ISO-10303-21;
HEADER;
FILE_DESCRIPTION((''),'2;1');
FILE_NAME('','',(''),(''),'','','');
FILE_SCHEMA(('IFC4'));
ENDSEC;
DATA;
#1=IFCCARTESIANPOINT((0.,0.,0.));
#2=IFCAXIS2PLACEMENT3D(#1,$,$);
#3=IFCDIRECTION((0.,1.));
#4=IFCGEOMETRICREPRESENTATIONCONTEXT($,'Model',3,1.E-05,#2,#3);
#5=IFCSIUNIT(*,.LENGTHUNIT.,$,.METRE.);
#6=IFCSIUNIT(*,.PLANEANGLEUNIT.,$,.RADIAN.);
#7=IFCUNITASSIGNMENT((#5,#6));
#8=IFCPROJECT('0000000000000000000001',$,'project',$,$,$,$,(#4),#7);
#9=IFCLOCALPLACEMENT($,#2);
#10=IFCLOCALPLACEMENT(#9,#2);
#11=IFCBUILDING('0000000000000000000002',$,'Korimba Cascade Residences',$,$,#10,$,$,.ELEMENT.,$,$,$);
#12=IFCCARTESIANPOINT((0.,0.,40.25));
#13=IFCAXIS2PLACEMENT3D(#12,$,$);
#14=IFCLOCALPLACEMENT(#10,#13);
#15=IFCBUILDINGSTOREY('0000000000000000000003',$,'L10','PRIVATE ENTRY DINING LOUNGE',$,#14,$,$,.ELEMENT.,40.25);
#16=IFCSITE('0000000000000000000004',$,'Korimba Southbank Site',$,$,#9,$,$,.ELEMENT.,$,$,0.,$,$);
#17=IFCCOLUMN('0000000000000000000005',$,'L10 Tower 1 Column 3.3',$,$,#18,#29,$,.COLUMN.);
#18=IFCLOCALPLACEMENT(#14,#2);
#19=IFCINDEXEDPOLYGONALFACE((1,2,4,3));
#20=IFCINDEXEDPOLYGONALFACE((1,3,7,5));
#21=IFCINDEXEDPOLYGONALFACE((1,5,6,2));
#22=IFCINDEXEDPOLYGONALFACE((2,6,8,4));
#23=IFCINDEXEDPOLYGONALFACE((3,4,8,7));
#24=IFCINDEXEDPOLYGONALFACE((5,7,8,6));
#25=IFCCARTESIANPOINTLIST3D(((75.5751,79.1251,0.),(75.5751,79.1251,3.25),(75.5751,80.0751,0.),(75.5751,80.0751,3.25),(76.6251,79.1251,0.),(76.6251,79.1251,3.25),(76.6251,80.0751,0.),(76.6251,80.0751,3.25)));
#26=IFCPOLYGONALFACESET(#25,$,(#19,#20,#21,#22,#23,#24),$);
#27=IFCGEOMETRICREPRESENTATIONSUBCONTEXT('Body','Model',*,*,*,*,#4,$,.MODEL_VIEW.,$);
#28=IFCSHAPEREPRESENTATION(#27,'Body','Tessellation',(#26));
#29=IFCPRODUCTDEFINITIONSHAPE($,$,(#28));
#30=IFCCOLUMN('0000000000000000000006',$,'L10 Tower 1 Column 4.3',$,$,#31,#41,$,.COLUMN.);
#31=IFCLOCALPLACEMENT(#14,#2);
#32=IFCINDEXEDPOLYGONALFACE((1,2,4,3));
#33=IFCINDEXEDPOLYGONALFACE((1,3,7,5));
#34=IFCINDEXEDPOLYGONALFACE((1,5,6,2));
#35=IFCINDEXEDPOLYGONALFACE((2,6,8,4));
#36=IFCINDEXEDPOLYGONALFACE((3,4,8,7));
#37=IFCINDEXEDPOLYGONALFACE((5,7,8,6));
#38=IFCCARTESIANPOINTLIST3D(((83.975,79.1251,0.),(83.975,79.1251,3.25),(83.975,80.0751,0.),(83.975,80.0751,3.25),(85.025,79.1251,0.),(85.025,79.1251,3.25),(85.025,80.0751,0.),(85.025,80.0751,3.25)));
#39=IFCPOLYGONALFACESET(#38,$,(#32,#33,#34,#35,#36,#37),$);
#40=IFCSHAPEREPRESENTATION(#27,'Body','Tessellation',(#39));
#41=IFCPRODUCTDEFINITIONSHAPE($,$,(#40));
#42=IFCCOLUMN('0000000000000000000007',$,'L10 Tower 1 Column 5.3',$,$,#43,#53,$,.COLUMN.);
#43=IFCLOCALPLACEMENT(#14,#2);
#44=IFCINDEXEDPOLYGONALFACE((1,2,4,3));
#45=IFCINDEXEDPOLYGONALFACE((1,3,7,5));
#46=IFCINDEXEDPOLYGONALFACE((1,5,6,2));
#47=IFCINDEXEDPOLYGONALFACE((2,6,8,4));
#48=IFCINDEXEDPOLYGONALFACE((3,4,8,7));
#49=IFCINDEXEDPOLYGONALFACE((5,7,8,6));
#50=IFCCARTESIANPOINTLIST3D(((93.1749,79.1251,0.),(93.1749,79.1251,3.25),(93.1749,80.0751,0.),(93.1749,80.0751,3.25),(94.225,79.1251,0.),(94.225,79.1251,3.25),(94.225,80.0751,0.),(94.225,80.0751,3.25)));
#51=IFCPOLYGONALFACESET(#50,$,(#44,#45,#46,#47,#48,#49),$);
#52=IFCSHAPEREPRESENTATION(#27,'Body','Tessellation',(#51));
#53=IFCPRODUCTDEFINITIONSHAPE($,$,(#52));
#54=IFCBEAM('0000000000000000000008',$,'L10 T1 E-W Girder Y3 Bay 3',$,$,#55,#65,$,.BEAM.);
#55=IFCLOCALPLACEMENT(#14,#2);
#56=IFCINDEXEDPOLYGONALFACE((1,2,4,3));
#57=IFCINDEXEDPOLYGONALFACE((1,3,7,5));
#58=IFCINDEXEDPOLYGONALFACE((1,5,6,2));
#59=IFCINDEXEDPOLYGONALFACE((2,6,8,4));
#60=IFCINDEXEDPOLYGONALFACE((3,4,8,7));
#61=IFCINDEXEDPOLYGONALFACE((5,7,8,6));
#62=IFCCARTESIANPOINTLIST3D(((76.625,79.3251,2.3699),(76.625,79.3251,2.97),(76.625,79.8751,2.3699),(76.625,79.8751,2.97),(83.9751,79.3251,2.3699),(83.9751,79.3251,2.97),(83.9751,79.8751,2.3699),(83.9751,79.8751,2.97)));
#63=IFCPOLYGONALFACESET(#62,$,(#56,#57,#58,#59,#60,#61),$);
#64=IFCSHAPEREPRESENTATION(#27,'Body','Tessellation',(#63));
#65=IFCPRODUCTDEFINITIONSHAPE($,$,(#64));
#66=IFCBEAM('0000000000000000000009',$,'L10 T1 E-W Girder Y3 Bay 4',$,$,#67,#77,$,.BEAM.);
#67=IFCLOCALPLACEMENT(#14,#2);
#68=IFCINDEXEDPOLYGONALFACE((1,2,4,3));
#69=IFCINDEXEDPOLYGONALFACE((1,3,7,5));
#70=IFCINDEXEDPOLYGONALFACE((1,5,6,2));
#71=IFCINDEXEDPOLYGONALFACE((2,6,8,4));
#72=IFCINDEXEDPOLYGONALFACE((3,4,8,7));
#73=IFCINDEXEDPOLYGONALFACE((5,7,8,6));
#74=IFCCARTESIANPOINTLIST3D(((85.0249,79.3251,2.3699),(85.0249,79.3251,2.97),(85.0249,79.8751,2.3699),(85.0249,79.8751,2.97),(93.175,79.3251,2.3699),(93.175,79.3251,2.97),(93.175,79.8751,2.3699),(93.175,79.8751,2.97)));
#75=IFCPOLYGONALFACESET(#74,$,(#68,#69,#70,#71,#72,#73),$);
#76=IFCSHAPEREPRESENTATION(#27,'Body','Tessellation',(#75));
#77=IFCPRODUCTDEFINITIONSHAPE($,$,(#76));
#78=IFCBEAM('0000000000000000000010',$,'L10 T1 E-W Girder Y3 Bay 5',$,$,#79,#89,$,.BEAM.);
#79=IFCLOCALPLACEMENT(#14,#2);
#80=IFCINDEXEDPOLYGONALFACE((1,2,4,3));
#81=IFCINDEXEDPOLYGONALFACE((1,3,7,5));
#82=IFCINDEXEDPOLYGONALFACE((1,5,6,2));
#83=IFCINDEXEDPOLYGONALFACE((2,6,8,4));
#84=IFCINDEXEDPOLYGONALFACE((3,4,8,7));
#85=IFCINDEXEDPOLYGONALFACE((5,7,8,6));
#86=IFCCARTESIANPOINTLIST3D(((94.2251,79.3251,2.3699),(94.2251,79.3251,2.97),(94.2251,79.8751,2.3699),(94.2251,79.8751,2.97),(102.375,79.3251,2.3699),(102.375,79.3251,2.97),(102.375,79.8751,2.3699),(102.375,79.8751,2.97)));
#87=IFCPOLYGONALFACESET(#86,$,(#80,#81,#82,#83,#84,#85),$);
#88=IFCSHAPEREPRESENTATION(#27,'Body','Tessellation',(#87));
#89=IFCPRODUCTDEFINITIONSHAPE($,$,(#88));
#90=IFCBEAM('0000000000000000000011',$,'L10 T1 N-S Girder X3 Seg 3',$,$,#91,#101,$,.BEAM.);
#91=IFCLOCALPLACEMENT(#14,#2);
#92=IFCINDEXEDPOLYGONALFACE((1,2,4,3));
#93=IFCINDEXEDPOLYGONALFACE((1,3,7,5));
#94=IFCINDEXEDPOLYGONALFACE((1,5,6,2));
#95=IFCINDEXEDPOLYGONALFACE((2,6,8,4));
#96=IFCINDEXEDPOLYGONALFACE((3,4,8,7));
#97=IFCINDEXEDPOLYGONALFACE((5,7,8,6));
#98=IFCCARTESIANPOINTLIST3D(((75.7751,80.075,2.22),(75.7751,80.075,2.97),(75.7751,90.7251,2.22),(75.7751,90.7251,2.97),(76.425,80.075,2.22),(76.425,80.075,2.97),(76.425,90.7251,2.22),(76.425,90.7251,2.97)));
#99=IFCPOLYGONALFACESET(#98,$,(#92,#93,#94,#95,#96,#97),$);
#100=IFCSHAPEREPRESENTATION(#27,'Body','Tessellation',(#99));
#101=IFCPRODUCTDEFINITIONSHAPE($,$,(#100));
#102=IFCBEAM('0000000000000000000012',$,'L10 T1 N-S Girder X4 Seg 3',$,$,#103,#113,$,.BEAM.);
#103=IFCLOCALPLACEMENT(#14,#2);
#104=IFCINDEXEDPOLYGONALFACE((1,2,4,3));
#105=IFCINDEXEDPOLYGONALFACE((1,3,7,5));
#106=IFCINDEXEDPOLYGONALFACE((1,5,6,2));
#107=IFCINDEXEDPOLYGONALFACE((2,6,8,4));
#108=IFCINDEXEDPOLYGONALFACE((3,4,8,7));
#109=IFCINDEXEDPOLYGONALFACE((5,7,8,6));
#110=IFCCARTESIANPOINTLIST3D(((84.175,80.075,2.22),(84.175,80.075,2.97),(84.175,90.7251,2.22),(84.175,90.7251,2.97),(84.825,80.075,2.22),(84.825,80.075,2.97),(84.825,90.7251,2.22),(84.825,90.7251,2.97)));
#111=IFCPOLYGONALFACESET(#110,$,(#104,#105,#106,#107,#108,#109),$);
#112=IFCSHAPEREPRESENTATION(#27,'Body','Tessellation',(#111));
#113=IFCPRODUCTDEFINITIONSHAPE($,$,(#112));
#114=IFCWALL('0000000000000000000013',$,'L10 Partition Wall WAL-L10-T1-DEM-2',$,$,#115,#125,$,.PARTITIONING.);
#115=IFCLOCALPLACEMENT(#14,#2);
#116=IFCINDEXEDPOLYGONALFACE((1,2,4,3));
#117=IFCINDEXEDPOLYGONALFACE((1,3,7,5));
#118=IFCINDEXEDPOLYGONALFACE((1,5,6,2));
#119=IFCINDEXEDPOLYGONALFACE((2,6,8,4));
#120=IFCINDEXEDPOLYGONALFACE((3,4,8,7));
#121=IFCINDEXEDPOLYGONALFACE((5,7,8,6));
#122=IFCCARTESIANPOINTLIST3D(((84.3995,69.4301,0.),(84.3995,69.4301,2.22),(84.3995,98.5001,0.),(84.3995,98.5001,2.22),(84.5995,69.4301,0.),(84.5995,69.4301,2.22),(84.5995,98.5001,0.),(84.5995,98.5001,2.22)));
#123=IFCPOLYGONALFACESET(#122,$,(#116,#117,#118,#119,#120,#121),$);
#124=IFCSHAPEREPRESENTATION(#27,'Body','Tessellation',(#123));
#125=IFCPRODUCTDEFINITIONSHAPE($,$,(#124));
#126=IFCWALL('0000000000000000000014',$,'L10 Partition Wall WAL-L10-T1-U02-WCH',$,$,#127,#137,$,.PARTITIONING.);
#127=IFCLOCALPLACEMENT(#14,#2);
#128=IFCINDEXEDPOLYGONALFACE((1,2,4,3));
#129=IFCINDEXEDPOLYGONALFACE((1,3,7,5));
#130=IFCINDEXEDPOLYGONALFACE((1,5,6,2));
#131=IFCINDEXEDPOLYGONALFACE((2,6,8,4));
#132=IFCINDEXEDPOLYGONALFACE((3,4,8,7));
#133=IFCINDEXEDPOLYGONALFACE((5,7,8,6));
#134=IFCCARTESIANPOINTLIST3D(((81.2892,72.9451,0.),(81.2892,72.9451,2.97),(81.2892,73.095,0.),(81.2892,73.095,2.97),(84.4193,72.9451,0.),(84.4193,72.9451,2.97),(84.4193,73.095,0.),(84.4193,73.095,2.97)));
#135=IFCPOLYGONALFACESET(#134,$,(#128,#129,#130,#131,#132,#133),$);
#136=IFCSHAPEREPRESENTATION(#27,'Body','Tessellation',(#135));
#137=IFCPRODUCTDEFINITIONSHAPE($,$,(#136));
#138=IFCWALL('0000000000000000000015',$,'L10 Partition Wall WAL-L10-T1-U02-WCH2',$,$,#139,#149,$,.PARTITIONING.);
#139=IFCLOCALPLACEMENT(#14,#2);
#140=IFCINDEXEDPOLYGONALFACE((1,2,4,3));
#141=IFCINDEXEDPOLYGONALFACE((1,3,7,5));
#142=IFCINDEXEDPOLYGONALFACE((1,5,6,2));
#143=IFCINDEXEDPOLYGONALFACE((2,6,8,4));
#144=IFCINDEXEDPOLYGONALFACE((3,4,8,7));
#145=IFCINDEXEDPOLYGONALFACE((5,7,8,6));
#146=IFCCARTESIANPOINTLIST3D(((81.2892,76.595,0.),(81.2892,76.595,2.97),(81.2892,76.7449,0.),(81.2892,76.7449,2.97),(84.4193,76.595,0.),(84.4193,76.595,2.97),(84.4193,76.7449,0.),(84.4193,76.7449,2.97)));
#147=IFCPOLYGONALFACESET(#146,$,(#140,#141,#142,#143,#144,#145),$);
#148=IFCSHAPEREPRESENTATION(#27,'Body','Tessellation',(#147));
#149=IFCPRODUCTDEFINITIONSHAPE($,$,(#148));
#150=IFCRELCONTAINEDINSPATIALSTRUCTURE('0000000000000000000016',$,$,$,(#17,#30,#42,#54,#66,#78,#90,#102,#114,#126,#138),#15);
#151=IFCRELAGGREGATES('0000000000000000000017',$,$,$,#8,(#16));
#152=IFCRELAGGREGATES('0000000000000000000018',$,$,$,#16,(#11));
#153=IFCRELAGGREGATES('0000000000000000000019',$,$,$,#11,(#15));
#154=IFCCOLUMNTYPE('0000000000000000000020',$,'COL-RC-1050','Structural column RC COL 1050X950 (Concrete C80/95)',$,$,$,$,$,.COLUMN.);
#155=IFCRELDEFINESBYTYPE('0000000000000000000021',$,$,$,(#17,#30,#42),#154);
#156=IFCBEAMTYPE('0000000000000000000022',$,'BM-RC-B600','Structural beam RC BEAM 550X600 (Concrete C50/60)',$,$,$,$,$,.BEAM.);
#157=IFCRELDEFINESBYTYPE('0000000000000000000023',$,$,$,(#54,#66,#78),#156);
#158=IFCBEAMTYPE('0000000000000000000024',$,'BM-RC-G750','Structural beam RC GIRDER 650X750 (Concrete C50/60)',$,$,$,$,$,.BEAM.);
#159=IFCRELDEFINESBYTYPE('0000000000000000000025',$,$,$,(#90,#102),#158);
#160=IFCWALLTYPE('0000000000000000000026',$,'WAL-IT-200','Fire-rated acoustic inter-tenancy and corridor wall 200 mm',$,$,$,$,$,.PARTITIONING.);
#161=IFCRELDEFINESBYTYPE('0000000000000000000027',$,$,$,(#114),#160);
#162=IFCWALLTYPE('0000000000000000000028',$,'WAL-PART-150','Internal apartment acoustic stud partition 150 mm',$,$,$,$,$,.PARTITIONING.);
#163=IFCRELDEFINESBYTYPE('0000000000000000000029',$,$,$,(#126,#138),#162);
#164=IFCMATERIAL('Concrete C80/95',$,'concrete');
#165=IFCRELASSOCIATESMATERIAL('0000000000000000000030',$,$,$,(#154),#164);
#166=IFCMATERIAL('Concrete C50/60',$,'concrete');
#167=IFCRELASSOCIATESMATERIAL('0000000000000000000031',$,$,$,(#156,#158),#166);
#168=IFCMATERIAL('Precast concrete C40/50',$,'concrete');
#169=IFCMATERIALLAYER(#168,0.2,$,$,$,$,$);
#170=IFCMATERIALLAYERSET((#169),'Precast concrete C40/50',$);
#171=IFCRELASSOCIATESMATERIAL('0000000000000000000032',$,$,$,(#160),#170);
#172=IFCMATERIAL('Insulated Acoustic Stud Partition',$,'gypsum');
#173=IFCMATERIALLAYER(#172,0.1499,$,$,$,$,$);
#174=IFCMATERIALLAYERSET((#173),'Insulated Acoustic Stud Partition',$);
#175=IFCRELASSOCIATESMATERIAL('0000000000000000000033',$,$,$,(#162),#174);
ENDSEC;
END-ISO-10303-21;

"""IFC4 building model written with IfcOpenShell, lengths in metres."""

from ifc_helpers import new_model, si_unit, direction, frame, frame_2d, origin, origin_2d, place, context, subcontext, project, spatial, rectangle, extrude, material, layer, layer_set, material_profile, profile_set, type_object, element, save


model = new_model("IFC4")

# Units and contexts
model_context = context("Model", 3, precision=1e-05, world=origin(), true_north=direction((0.0, 1.0)))
body_context = subcontext(model_context, "Body", "Model", "MODEL_VIEW")
ifc_project = project(units=[si_unit("LENGTHUNIT", "METRE"), si_unit("PLANEANGLEUNIT", "RADIAN")], contexts=[model_context])

# Site, building, storey
site_placement = place(None, origin())
site = spatial("IfcSite", under=ifc_project, at=site_placement, Name="Korimba Southbank Site", CompositionType="ELEMENT", RefElevation=0.0)
building_placement = place(site_placement, origin())
building = spatial("IfcBuilding", under=site, at=building_placement, Name="Korimba Cascade Residences", CompositionType="ELEMENT")
storey_placement = place(building_placement, frame((0.0, 0.0, 40.25)))
storey = spatial("IfcBuildingStorey", under=building, at=storey_placement, Name="L10", Description="PRIVATE ENTRY DINING LOUNGE", CompositionType="ELEMENT", Elevation=40.25)

# Columns
ifc_material_1 = material(Name="Concrete C80/95", Category="concrete")
ifc_material_profile_1 = material_profile(ifc_material_1, rectangle(XDim=1.05, YDim=0.95, at=origin_2d()), Name="Concrete C80/95")
ifc_profile_set_1 = profile_set([ifc_material_profile_1], Name="Concrete C80/95")
column_type = type_object("IfcColumnType", Name="COL-RC-1050", Description="Structural column RC COL 1050X950 (Concrete C80/95)", PredefinedType="COLUMN", material=ifc_profile_set_1)
for number, where, z_axis, x_axis, name in (
    (1, (76.1001, 79.6001, 0.0), (0.0, 0.0, 1.0), (1.0, 0.0, 0.0), "L10 Tower 1 Column 3.3"),
    (2, (84.5, 79.6001, 0.0), (0.0, 0.0, 1.0), (1.0, 0.0, 0.0), "L10 Tower 1 Column 4.3"),
    (3, (93.7, 79.6001, 0.0), (0.0, 0.0, 1.0), (1.0, 0.0, 0.0), "L10 Tower 1 Column 5.3"),
):
    element("IfcColumn", number, at=place(storey_placement, frame(where, z_axis=z_axis, x_axis=x_axis)), inside=storey, type_object=column_type, Name=name, PredefinedType="COLUMN", context=body_context, shape_type="SweptSolid", body=[
        extrude(rectangle(XDim=1.05, YDim=0.95, at=origin_2d()), origin(), (0.0, 0.0, 1.0), 3.25),
    ])

# Beams
ifc_material_2 = material(Name="Concrete C50/60", Category="concrete")
ifc_material_profile_2 = material_profile(ifc_material_2, rectangle(XDim=0.55, YDim=0.6001, at=origin_2d()), Name="Concrete C50/60")
ifc_profile_set_2 = profile_set([ifc_material_profile_2], Name="Concrete C50/60")
beam_type_1 = type_object("IfcBeamType", Name="BM-RC-B600", Description="Structural beam RC BEAM 550X600 (Concrete C50/60)", PredefinedType="BEAM", material=ifc_profile_set_2)
beam_1_placement = place(storey_placement, frame((76.625, 79.6001, 2.6699), z_axis=(1.0, 0.0, 0.0), x_axis=(0.0, 1.0, 0.0)))
element("IfcBeam", 4, at=beam_1_placement, inside=storey, type_object=beam_type_1, Name="L10 T1 E-W Girder Y3 Bay 3", PredefinedType="BEAM", context=body_context, shape_type="SweptSolid", body=[
    extrude(rectangle(XDim=0.55, YDim=0.6001, at=origin_2d()), origin(), (0.0, 0.0, 1.0), 7.3501),
])
beam_2_placement = place(storey_placement, frame((85.0249, 79.6001, 2.6699), z_axis=(1.0, 0.0, 0.0), x_axis=(0.0, 1.0, 0.0)))
element("IfcBeam", 5, at=beam_2_placement, inside=storey, type_object=beam_type_1, Name="L10 T1 E-W Girder Y3 Bay 4", PredefinedType="BEAM", context=body_context, shape_type="SweptSolid", body=[
    extrude(rectangle(XDim=0.55, YDim=0.6001, at=origin_2d()), origin(), (0.0, 0.0, 1.0), 8.1501),
])
beam_3_placement = place(storey_placement, frame((94.2251, 79.6001, 2.6699), z_axis=(1.0, 0.0, 0.0), x_axis=(0.0, 1.0, 0.0)))
element("IfcBeam", 6, at=beam_3_placement, inside=storey, type_object=beam_type_1, Name="L10 T1 E-W Girder Y3 Bay 5", PredefinedType="BEAM", context=body_context, shape_type="SweptSolid", body=[
    extrude(rectangle(XDim=0.55, YDim=0.6001, at=origin_2d()), origin(), (0.0, 0.0, 1.0), 8.1499),
])
ifc_material_profile_3 = material_profile(ifc_material_2, rectangle(XDim=0.6499, YDim=0.75, at=origin_2d()), Name="Concrete C50/60")
ifc_profile_set_3 = profile_set([ifc_material_profile_3], Name="Concrete C50/60")
beam_type_2 = type_object("IfcBeamType", Name="BM-RC-G750", Description="Structural beam RC GIRDER 650X750 (Concrete C50/60)", PredefinedType="BEAM", material=ifc_profile_set_3)
for number, where, z_axis, x_axis, name in (
    (7, (76.1001, 80.075, 2.595), (0.0, 1.0, 0.0), (-1.0, 0.0, 0.0), "L10 T1 N-S Girder X3 Seg 3"),
    (8, (84.5, 80.075, 2.595), (0.0, 1.0, 0.0), (-1.0, 0.0, 0.0), "L10 T1 N-S Girder X4 Seg 3"),
):
    element("IfcBeam", number, at=place(storey_placement, frame(where, z_axis=z_axis, x_axis=x_axis)), inside=storey, type_object=beam_type_2, Name=name, PredefinedType="BEAM", context=body_context, shape_type="SweptSolid", body=[
        extrude(rectangle(XDim=0.6499, YDim=0.75, at=origin_2d()), origin(), (0.0, 0.0, 1.0), 10.6501),
    ])

# Walls
ifc_material_3 = material(Name="Precast concrete C40/50", Category="concrete")
ifc_layer_1 = layer(ifc_material_3, 0.2)
ifc_layer_set_1 = layer_set([ifc_layer_1], Name="Precast concrete C40/50")
wall_type_1 = type_object("IfcWallType", Name="WAL-IT-200", Description="Fire-rated acoustic inter-tenancy and corridor wall 200 mm", PredefinedType="PARTITIONING", material=ifc_layer_set_1)
wall_1_placement = place(storey_placement, frame((84.4995, 69.4299, 0.0), z_axis=(0.0, 0.0, 1.0), x_axis=(0.0, 1.0, 0.0)))
element("IfcWall", 9, at=wall_1_placement, inside=storey, type_object=wall_type_1, Name="L10 Partition Wall WAL-L10-T1-DEM-2", PredefinedType="PARTITIONING", context=body_context, shape_type="SweptSolid", body=[
    extrude(rectangle(XDim=29.0701, YDim=0.2, at=frame_2d((14.5352, 0.0))), origin(), (0.0, 0.0, 1.0), 2.22),
])
ifc_material_4 = material(Name="Insulated Acoustic Stud Partition", Category="gypsum")
ifc_layer_2 = layer(ifc_material_4, 0.1499)
ifc_layer_set_2 = layer_set([ifc_layer_2], Name="Insulated Acoustic Stud Partition")
wall_type_2 = type_object("IfcWallType", Name="WAL-PART-150", Description="Internal apartment acoustic stud partition 150 mm", PredefinedType="PARTITIONING", material=ifc_layer_set_2)
for number, where, z_axis, x_axis, name in (
    (10, (81.2893, 73.02, 0.0), (0.0, 0.0, 1.0), (1.0, 0.0, 0.0), "L10 Partition Wall WAL-L10-T1-U02-WCH"),
    (11, (81.2893, 76.6699, 0.0), (0.0, 0.0, 1.0), (1.0, 0.0, 0.0), "L10 Partition Wall WAL-L10-T1-U02-WCH2"),
):
    element("IfcWall", number, at=place(storey_placement, frame(where, z_axis=z_axis, x_axis=x_axis)), inside=storey, type_object=wall_type_2, Name=name, PredefinedType="PARTITIONING", context=body_context, shape_type="SweptSolid", body=[
        extrude(rectangle(XDim=3.1301, YDim=0.1499, at=frame_2d((1.5649, 0.0))), origin(), (0.0, 0.0, 1.0), 2.97),
    ])

save(model, "model.ifc")
